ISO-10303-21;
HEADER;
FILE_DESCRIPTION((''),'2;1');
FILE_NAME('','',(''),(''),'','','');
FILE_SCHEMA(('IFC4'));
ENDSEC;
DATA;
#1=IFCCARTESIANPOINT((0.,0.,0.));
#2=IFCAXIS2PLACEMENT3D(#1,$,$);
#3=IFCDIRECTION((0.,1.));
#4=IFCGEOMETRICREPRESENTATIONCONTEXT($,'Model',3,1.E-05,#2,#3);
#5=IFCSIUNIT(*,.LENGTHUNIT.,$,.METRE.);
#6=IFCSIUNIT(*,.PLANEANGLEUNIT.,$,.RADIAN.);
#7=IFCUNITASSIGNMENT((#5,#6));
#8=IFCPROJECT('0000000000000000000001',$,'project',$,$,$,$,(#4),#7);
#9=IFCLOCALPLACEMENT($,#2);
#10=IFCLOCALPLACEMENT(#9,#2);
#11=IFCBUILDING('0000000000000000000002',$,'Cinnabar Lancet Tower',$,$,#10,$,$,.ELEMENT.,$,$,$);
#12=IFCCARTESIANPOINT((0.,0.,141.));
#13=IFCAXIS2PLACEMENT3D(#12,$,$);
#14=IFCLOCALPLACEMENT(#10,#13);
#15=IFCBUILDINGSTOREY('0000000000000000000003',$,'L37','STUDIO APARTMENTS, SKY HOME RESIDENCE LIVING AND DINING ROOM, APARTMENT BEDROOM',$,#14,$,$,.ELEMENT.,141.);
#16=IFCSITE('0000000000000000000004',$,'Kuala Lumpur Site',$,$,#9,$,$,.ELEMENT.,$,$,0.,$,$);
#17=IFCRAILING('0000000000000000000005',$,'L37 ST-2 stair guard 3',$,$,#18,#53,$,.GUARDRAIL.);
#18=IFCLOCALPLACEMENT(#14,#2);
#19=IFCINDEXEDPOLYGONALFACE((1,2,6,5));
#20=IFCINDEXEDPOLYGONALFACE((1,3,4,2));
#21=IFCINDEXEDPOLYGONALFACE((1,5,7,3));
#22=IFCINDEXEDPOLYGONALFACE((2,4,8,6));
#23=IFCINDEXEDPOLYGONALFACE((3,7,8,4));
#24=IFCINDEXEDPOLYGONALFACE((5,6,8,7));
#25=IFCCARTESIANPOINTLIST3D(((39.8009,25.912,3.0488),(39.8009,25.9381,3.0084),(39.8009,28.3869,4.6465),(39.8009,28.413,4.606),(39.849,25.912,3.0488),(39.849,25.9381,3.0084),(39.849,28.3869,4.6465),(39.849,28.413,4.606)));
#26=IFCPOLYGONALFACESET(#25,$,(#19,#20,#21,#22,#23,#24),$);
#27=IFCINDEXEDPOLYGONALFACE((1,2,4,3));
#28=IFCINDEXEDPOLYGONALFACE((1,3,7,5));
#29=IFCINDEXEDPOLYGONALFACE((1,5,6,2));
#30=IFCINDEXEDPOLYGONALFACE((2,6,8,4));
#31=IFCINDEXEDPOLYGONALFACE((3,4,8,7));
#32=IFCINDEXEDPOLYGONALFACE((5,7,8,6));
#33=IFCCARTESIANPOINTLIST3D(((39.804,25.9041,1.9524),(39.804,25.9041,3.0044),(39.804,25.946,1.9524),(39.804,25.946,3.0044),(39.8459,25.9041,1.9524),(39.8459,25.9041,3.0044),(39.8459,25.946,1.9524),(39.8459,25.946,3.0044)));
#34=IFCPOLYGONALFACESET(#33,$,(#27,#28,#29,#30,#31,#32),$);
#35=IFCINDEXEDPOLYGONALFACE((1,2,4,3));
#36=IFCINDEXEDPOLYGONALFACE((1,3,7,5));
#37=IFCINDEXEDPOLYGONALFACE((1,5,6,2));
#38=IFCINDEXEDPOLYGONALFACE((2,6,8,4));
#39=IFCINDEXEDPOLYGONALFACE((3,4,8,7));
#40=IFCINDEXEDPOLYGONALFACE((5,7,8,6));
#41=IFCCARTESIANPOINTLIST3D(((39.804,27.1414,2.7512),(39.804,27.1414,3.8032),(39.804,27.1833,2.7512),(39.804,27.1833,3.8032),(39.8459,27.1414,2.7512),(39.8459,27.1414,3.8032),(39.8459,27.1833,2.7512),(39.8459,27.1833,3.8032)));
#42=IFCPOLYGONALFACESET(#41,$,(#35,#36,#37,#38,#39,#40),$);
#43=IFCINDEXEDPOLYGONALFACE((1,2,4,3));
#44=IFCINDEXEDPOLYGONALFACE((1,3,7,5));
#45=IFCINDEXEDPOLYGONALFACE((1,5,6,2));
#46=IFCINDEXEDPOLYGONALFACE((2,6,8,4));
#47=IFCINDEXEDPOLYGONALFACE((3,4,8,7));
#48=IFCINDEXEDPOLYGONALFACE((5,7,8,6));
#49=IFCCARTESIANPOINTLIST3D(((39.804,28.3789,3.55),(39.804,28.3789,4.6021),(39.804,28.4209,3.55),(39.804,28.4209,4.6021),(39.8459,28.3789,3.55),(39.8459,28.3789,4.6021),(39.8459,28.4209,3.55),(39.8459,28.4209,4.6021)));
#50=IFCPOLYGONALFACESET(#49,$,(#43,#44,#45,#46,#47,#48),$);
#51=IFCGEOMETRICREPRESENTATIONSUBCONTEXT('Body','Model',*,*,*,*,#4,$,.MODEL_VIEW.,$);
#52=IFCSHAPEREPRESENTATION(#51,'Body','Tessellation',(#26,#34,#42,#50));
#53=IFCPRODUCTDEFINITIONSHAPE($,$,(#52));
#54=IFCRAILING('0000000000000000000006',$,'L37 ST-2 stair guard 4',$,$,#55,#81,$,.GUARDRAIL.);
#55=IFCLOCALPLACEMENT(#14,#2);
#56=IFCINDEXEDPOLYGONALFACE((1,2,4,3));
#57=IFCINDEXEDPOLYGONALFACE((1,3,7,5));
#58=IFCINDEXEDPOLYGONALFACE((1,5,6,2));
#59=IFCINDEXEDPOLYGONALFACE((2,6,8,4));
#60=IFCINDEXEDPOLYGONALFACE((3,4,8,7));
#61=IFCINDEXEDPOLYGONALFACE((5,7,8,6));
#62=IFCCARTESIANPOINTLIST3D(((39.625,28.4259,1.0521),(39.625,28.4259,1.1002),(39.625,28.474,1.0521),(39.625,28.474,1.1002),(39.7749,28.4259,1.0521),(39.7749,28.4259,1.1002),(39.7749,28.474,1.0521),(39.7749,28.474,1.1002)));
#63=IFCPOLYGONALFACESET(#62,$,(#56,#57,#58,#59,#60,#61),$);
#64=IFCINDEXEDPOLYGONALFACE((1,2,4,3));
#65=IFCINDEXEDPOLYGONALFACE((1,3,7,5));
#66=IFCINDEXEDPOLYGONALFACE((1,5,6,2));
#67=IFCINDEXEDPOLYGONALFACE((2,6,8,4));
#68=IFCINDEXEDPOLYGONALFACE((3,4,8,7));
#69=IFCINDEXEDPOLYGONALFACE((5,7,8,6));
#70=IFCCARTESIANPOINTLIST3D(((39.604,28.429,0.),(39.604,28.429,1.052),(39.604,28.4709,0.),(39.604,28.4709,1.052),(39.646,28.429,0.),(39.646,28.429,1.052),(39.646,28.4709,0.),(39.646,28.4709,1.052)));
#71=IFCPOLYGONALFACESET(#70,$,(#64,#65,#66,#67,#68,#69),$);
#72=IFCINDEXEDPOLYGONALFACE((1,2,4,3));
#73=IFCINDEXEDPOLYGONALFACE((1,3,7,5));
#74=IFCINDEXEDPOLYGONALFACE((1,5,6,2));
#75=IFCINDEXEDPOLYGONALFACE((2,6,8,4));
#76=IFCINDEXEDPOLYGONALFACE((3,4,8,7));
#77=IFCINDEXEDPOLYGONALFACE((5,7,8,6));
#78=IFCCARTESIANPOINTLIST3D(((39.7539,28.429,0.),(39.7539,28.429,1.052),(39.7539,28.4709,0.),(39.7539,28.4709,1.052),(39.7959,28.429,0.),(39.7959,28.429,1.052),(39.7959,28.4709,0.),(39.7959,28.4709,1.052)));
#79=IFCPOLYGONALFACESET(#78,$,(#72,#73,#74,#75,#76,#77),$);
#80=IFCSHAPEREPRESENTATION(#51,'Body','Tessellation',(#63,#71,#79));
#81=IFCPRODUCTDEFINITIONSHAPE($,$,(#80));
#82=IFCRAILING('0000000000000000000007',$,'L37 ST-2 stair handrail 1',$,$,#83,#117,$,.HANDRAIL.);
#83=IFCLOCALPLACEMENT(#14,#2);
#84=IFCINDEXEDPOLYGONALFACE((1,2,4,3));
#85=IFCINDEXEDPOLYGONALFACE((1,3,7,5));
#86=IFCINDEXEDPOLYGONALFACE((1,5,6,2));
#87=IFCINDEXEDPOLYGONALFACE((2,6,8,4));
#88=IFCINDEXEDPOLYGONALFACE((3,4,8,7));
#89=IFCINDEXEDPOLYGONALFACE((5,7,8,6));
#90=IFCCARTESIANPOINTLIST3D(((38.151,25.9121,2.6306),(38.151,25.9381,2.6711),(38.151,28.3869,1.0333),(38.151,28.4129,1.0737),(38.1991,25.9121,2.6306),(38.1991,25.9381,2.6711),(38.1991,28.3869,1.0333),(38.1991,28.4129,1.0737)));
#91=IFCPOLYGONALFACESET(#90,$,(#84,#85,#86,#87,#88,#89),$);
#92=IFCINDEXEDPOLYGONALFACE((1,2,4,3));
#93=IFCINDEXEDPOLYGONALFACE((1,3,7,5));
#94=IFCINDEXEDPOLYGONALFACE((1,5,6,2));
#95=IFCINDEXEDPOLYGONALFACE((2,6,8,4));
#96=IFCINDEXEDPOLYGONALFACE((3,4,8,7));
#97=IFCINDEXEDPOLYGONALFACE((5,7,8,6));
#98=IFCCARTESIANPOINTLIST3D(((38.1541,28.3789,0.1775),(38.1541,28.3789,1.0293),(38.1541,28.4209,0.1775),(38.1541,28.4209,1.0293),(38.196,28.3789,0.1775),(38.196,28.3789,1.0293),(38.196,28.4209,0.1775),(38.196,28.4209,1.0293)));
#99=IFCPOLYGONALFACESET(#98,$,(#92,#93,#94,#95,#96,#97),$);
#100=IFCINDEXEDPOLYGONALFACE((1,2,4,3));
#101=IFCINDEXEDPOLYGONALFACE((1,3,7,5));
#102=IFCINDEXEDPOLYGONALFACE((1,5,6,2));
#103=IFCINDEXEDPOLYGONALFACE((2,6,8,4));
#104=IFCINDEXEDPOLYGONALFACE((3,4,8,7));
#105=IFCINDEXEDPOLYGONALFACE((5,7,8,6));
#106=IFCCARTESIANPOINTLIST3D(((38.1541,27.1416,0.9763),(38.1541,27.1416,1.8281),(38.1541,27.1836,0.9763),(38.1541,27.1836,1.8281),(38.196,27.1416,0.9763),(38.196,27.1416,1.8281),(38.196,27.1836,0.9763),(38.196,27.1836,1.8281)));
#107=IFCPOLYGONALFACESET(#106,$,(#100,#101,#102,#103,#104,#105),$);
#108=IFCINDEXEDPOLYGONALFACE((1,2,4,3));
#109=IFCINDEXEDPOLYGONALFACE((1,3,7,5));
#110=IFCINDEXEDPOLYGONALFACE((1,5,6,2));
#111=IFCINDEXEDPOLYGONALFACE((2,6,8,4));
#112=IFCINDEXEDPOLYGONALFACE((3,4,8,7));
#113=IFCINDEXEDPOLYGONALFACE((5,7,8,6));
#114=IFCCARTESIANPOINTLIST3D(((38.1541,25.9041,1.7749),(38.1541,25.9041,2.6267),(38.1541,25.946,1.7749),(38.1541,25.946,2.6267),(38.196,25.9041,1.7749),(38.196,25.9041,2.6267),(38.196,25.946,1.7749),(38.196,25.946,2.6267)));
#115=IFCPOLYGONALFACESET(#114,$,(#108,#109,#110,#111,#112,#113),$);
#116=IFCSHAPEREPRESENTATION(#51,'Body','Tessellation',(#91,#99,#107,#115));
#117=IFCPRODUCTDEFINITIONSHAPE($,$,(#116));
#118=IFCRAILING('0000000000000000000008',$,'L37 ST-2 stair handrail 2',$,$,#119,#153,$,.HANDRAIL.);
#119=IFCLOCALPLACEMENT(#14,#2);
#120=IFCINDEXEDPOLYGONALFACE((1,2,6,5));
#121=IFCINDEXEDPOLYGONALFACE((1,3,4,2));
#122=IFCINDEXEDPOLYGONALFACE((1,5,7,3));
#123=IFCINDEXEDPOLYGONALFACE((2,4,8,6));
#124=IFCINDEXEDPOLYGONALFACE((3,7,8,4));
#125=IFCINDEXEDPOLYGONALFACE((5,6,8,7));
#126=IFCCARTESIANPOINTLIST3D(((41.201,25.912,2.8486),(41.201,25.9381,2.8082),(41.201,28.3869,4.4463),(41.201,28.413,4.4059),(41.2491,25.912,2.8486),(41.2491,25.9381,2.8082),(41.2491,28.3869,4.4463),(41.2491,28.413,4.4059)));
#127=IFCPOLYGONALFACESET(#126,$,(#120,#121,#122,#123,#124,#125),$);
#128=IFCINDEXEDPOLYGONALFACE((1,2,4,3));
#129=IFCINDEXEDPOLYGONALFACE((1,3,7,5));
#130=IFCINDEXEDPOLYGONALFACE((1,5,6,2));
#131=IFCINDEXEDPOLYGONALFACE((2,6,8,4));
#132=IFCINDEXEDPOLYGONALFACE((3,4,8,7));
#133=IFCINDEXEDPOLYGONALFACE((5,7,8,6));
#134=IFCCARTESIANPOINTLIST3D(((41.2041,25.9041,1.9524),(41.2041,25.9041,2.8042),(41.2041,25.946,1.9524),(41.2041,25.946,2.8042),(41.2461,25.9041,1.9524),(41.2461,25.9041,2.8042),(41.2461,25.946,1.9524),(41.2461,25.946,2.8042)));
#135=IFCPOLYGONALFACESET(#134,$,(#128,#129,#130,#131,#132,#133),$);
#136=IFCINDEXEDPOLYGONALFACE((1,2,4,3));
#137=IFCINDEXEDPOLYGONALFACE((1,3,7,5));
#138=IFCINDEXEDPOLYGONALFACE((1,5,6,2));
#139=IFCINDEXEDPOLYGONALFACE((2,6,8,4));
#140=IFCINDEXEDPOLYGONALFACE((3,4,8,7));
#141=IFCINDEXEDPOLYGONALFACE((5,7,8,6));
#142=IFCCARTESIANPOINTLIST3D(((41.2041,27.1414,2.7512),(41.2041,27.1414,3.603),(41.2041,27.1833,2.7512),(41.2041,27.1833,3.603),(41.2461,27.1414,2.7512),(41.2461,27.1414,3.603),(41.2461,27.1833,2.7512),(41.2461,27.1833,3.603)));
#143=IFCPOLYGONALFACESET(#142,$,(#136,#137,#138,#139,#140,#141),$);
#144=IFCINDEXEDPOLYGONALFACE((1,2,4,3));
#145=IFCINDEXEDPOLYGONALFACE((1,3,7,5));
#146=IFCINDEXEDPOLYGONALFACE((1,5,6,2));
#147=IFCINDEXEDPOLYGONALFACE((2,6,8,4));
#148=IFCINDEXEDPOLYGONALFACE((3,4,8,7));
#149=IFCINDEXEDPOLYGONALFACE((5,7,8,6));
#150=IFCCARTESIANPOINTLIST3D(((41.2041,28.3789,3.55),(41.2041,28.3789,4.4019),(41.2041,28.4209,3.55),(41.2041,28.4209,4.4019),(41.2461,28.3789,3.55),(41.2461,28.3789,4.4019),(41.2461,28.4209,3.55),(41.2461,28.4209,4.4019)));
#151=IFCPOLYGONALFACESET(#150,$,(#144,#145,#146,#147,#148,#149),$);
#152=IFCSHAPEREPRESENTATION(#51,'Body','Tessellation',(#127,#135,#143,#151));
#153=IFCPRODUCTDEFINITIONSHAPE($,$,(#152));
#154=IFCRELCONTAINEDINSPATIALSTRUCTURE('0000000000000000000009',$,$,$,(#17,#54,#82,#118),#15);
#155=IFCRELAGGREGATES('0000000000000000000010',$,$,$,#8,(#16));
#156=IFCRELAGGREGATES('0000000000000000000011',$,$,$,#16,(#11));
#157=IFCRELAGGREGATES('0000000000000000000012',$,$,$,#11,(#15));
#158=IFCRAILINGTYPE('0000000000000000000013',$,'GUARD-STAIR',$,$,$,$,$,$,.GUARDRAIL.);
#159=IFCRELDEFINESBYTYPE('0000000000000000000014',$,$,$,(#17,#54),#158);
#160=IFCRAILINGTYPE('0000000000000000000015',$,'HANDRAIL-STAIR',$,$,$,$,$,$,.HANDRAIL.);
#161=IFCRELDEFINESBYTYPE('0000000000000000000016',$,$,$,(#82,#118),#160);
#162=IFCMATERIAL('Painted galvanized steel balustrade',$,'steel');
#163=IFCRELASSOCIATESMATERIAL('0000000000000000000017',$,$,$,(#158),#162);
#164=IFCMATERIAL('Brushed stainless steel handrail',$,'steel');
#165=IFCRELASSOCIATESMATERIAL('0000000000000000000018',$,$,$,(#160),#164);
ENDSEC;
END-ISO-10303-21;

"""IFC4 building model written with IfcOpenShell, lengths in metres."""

from ifc_helpers import new_model, si_unit, direction, frame, origin, origin_2d, place, context, subcontext, project, spatial, rectangle, extrude, material, type_object, element, save


model = new_model("IFC4")

# Units and contexts
model_context = context("Model", 3, precision=1e-05, world=origin(), true_north=direction((0.0, 1.0)))
body_context = subcontext(model_context, "Body", "Model", "MODEL_VIEW")
ifc_project = project(units=[si_unit("LENGTHUNIT", "METRE"), si_unit("PLANEANGLEUNIT", "RADIAN")], contexts=[model_context])

# Site, building, storey
site_placement = place(None, origin())
site = spatial("IfcSite", under=ifc_project, at=site_placement, Name="Kuala Lumpur Site", CompositionType="ELEMENT", RefElevation=0.0)
building_placement = place(site_placement, origin())
building = spatial("IfcBuilding", under=site, at=building_placement, Name="Cinnabar Lancet Tower", CompositionType="ELEMENT")
storey_placement = place(building_placement, frame((0.0, 0.0, 141.0)))
storey = spatial("IfcBuildingStorey", under=building, at=storey_placement, Name="L37", Description="STUDIO APARTMENTS, SKY HOME RESIDENCE LIVING AND DINING ROOM, APARTMENT BEDROOM", CompositionType="ELEMENT", Elevation=141.0)

# Railings
ifc_material_1 = material(Name="Painted galvanized steel balustrade", Category="steel")
railing_type_1 = type_object("IfcRailingType", Name="GUARD-STAIR", PredefinedType="GUARDRAIL", material=ifc_material_1)
railing_1_placement = place(storey_placement, frame((39.825, 25.925, 1.9524)))
element("IfcRailing", 1, at=railing_1_placement, inside=storey, type_object=railing_type_1, Name="L37 ST-2 stair guard 3", PredefinedType="GUARDRAIL", context=body_context, shape_type="SweptSolid", body=[
    extrude(rectangle(XDim=0.0481, YDim=0.0481, at=origin_2d()), frame((0.0, 0.0, 1.0762), z_axis=(0.0, 0.840146, 0.542361), x_axis=(-1.0, 0.0, 0.0)), (0.0, 0.0, 1.0), 2.9458),
    extrude(rectangle(XDim=0.042, YDim=0.042, at=origin_2d()), origin(), (0.0, 0.0, 1.0), 1.052),
    extrude(rectangle(XDim=0.042, YDim=0.042, at=origin_2d()), frame((0.0, 1.2373, 0.7988)), (0.0, 0.0, 1.0), 1.052),
    extrude(rectangle(XDim=0.042, YDim=0.042, at=origin_2d()), frame((0.0, 2.4749, 1.5977)), (0.0, 0.0, 1.0), 1.052),
])
railing_2_placement = place(storey_placement, frame((39.625, 28.45, 0.0)))
element("IfcRailing", 2, at=railing_2_placement, inside=storey, type_object=railing_type_1, Name="L37 ST-2 stair guard 4", PredefinedType="GUARDRAIL", context=body_context, shape_type="SweptSolid", body=[
    extrude(rectangle(XDim=0.0481, YDim=0.0481, at=origin_2d()), frame((0.0, 0.0, 1.0762), z_axis=(1.0, 0.0, 0.0), x_axis=(0.0, 1.0, 0.0)), (0.0, 0.0, 1.0), 0.1499),
    extrude(rectangle(XDim=0.042, YDim=0.042, at=origin_2d()), origin(), (0.0, 0.0, 1.0), 1.052),
    extrude(rectangle(XDim=0.042, YDim=0.042, at=origin_2d()), frame((0.1499, 0.0, 0.0)), (0.0, 0.0, 1.0), 1.052),
])
ifc_material_2 = material(Name="Brushed stainless steel handrail", Category="steel")
railing_type_2 = type_object("IfcRailingType", Name="HANDRAIL-STAIR", PredefinedType="HANDRAIL", material=ifc_material_2)
railing_3_placement = place(storey_placement, frame((38.175, 28.3999, 0.1775)))
element("IfcRailing", 3, at=railing_3_placement, inside=storey, type_object=railing_type_2, Name="L37 ST-2 stair handrail 1", PredefinedType="HANDRAIL", context=body_context, shape_type="SweptSolid", body=[
    extrude(rectangle(XDim=0.0481, YDim=0.0481, at=origin_2d()), frame((0.0, 0.0, 0.876), z_axis=(0.0, -0.840183, 0.542302), x_axis=(1.0, 0.0, 0.0)), (0.0, 0.0, 1.0), 2.9456),
    extrude(rectangle(XDim=0.042, YDim=0.042, at=origin_2d()), origin(), (0.0, 0.0, 1.0), 0.8518),
    extrude(rectangle(XDim=0.042, YDim=0.042, at=origin_2d()), frame((0.0, -1.2373, 0.7988)), (0.0, 0.0, 1.0), 0.8518),
    extrude(rectangle(XDim=0.042, YDim=0.042, at=origin_2d()), frame((0.0, -2.4749, 1.5974)), (0.0, 0.0, 1.0), 0.8518),
])
railing_4_placement = place(storey_placement, frame((41.2251, 25.925, 1.9524)))
element("IfcRailing", 4, at=railing_4_placement, inside=storey, type_object=railing_type_2, Name="L37 ST-2 stair handrail 2", PredefinedType="HANDRAIL", context=body_context, shape_type="SweptSolid", body=[
    extrude(rectangle(XDim=0.0481, YDim=0.0481, at=origin_2d()), frame((0.0, 0.0, 0.876), z_axis=(0.0, 0.840146, 0.542361), x_axis=(-1.0, 0.0, 0.0)), (0.0, 0.0, 1.0), 2.9458),
    extrude(rectangle(XDim=0.042, YDim=0.042, at=origin_2d()), origin(), (0.0, 0.0, 1.0), 0.8518),
    extrude(rectangle(XDim=0.042, YDim=0.042, at=origin_2d()), frame((0.0, 1.2373, 0.7988)), (0.0, 0.0, 1.0), 0.8518),
    extrude(rectangle(XDim=0.042, YDim=0.042, at=origin_2d()), frame((0.0, 2.4749, 1.5977)), (0.0, 0.0, 1.0), 0.8518),
])

save(model, "model.ifc")
